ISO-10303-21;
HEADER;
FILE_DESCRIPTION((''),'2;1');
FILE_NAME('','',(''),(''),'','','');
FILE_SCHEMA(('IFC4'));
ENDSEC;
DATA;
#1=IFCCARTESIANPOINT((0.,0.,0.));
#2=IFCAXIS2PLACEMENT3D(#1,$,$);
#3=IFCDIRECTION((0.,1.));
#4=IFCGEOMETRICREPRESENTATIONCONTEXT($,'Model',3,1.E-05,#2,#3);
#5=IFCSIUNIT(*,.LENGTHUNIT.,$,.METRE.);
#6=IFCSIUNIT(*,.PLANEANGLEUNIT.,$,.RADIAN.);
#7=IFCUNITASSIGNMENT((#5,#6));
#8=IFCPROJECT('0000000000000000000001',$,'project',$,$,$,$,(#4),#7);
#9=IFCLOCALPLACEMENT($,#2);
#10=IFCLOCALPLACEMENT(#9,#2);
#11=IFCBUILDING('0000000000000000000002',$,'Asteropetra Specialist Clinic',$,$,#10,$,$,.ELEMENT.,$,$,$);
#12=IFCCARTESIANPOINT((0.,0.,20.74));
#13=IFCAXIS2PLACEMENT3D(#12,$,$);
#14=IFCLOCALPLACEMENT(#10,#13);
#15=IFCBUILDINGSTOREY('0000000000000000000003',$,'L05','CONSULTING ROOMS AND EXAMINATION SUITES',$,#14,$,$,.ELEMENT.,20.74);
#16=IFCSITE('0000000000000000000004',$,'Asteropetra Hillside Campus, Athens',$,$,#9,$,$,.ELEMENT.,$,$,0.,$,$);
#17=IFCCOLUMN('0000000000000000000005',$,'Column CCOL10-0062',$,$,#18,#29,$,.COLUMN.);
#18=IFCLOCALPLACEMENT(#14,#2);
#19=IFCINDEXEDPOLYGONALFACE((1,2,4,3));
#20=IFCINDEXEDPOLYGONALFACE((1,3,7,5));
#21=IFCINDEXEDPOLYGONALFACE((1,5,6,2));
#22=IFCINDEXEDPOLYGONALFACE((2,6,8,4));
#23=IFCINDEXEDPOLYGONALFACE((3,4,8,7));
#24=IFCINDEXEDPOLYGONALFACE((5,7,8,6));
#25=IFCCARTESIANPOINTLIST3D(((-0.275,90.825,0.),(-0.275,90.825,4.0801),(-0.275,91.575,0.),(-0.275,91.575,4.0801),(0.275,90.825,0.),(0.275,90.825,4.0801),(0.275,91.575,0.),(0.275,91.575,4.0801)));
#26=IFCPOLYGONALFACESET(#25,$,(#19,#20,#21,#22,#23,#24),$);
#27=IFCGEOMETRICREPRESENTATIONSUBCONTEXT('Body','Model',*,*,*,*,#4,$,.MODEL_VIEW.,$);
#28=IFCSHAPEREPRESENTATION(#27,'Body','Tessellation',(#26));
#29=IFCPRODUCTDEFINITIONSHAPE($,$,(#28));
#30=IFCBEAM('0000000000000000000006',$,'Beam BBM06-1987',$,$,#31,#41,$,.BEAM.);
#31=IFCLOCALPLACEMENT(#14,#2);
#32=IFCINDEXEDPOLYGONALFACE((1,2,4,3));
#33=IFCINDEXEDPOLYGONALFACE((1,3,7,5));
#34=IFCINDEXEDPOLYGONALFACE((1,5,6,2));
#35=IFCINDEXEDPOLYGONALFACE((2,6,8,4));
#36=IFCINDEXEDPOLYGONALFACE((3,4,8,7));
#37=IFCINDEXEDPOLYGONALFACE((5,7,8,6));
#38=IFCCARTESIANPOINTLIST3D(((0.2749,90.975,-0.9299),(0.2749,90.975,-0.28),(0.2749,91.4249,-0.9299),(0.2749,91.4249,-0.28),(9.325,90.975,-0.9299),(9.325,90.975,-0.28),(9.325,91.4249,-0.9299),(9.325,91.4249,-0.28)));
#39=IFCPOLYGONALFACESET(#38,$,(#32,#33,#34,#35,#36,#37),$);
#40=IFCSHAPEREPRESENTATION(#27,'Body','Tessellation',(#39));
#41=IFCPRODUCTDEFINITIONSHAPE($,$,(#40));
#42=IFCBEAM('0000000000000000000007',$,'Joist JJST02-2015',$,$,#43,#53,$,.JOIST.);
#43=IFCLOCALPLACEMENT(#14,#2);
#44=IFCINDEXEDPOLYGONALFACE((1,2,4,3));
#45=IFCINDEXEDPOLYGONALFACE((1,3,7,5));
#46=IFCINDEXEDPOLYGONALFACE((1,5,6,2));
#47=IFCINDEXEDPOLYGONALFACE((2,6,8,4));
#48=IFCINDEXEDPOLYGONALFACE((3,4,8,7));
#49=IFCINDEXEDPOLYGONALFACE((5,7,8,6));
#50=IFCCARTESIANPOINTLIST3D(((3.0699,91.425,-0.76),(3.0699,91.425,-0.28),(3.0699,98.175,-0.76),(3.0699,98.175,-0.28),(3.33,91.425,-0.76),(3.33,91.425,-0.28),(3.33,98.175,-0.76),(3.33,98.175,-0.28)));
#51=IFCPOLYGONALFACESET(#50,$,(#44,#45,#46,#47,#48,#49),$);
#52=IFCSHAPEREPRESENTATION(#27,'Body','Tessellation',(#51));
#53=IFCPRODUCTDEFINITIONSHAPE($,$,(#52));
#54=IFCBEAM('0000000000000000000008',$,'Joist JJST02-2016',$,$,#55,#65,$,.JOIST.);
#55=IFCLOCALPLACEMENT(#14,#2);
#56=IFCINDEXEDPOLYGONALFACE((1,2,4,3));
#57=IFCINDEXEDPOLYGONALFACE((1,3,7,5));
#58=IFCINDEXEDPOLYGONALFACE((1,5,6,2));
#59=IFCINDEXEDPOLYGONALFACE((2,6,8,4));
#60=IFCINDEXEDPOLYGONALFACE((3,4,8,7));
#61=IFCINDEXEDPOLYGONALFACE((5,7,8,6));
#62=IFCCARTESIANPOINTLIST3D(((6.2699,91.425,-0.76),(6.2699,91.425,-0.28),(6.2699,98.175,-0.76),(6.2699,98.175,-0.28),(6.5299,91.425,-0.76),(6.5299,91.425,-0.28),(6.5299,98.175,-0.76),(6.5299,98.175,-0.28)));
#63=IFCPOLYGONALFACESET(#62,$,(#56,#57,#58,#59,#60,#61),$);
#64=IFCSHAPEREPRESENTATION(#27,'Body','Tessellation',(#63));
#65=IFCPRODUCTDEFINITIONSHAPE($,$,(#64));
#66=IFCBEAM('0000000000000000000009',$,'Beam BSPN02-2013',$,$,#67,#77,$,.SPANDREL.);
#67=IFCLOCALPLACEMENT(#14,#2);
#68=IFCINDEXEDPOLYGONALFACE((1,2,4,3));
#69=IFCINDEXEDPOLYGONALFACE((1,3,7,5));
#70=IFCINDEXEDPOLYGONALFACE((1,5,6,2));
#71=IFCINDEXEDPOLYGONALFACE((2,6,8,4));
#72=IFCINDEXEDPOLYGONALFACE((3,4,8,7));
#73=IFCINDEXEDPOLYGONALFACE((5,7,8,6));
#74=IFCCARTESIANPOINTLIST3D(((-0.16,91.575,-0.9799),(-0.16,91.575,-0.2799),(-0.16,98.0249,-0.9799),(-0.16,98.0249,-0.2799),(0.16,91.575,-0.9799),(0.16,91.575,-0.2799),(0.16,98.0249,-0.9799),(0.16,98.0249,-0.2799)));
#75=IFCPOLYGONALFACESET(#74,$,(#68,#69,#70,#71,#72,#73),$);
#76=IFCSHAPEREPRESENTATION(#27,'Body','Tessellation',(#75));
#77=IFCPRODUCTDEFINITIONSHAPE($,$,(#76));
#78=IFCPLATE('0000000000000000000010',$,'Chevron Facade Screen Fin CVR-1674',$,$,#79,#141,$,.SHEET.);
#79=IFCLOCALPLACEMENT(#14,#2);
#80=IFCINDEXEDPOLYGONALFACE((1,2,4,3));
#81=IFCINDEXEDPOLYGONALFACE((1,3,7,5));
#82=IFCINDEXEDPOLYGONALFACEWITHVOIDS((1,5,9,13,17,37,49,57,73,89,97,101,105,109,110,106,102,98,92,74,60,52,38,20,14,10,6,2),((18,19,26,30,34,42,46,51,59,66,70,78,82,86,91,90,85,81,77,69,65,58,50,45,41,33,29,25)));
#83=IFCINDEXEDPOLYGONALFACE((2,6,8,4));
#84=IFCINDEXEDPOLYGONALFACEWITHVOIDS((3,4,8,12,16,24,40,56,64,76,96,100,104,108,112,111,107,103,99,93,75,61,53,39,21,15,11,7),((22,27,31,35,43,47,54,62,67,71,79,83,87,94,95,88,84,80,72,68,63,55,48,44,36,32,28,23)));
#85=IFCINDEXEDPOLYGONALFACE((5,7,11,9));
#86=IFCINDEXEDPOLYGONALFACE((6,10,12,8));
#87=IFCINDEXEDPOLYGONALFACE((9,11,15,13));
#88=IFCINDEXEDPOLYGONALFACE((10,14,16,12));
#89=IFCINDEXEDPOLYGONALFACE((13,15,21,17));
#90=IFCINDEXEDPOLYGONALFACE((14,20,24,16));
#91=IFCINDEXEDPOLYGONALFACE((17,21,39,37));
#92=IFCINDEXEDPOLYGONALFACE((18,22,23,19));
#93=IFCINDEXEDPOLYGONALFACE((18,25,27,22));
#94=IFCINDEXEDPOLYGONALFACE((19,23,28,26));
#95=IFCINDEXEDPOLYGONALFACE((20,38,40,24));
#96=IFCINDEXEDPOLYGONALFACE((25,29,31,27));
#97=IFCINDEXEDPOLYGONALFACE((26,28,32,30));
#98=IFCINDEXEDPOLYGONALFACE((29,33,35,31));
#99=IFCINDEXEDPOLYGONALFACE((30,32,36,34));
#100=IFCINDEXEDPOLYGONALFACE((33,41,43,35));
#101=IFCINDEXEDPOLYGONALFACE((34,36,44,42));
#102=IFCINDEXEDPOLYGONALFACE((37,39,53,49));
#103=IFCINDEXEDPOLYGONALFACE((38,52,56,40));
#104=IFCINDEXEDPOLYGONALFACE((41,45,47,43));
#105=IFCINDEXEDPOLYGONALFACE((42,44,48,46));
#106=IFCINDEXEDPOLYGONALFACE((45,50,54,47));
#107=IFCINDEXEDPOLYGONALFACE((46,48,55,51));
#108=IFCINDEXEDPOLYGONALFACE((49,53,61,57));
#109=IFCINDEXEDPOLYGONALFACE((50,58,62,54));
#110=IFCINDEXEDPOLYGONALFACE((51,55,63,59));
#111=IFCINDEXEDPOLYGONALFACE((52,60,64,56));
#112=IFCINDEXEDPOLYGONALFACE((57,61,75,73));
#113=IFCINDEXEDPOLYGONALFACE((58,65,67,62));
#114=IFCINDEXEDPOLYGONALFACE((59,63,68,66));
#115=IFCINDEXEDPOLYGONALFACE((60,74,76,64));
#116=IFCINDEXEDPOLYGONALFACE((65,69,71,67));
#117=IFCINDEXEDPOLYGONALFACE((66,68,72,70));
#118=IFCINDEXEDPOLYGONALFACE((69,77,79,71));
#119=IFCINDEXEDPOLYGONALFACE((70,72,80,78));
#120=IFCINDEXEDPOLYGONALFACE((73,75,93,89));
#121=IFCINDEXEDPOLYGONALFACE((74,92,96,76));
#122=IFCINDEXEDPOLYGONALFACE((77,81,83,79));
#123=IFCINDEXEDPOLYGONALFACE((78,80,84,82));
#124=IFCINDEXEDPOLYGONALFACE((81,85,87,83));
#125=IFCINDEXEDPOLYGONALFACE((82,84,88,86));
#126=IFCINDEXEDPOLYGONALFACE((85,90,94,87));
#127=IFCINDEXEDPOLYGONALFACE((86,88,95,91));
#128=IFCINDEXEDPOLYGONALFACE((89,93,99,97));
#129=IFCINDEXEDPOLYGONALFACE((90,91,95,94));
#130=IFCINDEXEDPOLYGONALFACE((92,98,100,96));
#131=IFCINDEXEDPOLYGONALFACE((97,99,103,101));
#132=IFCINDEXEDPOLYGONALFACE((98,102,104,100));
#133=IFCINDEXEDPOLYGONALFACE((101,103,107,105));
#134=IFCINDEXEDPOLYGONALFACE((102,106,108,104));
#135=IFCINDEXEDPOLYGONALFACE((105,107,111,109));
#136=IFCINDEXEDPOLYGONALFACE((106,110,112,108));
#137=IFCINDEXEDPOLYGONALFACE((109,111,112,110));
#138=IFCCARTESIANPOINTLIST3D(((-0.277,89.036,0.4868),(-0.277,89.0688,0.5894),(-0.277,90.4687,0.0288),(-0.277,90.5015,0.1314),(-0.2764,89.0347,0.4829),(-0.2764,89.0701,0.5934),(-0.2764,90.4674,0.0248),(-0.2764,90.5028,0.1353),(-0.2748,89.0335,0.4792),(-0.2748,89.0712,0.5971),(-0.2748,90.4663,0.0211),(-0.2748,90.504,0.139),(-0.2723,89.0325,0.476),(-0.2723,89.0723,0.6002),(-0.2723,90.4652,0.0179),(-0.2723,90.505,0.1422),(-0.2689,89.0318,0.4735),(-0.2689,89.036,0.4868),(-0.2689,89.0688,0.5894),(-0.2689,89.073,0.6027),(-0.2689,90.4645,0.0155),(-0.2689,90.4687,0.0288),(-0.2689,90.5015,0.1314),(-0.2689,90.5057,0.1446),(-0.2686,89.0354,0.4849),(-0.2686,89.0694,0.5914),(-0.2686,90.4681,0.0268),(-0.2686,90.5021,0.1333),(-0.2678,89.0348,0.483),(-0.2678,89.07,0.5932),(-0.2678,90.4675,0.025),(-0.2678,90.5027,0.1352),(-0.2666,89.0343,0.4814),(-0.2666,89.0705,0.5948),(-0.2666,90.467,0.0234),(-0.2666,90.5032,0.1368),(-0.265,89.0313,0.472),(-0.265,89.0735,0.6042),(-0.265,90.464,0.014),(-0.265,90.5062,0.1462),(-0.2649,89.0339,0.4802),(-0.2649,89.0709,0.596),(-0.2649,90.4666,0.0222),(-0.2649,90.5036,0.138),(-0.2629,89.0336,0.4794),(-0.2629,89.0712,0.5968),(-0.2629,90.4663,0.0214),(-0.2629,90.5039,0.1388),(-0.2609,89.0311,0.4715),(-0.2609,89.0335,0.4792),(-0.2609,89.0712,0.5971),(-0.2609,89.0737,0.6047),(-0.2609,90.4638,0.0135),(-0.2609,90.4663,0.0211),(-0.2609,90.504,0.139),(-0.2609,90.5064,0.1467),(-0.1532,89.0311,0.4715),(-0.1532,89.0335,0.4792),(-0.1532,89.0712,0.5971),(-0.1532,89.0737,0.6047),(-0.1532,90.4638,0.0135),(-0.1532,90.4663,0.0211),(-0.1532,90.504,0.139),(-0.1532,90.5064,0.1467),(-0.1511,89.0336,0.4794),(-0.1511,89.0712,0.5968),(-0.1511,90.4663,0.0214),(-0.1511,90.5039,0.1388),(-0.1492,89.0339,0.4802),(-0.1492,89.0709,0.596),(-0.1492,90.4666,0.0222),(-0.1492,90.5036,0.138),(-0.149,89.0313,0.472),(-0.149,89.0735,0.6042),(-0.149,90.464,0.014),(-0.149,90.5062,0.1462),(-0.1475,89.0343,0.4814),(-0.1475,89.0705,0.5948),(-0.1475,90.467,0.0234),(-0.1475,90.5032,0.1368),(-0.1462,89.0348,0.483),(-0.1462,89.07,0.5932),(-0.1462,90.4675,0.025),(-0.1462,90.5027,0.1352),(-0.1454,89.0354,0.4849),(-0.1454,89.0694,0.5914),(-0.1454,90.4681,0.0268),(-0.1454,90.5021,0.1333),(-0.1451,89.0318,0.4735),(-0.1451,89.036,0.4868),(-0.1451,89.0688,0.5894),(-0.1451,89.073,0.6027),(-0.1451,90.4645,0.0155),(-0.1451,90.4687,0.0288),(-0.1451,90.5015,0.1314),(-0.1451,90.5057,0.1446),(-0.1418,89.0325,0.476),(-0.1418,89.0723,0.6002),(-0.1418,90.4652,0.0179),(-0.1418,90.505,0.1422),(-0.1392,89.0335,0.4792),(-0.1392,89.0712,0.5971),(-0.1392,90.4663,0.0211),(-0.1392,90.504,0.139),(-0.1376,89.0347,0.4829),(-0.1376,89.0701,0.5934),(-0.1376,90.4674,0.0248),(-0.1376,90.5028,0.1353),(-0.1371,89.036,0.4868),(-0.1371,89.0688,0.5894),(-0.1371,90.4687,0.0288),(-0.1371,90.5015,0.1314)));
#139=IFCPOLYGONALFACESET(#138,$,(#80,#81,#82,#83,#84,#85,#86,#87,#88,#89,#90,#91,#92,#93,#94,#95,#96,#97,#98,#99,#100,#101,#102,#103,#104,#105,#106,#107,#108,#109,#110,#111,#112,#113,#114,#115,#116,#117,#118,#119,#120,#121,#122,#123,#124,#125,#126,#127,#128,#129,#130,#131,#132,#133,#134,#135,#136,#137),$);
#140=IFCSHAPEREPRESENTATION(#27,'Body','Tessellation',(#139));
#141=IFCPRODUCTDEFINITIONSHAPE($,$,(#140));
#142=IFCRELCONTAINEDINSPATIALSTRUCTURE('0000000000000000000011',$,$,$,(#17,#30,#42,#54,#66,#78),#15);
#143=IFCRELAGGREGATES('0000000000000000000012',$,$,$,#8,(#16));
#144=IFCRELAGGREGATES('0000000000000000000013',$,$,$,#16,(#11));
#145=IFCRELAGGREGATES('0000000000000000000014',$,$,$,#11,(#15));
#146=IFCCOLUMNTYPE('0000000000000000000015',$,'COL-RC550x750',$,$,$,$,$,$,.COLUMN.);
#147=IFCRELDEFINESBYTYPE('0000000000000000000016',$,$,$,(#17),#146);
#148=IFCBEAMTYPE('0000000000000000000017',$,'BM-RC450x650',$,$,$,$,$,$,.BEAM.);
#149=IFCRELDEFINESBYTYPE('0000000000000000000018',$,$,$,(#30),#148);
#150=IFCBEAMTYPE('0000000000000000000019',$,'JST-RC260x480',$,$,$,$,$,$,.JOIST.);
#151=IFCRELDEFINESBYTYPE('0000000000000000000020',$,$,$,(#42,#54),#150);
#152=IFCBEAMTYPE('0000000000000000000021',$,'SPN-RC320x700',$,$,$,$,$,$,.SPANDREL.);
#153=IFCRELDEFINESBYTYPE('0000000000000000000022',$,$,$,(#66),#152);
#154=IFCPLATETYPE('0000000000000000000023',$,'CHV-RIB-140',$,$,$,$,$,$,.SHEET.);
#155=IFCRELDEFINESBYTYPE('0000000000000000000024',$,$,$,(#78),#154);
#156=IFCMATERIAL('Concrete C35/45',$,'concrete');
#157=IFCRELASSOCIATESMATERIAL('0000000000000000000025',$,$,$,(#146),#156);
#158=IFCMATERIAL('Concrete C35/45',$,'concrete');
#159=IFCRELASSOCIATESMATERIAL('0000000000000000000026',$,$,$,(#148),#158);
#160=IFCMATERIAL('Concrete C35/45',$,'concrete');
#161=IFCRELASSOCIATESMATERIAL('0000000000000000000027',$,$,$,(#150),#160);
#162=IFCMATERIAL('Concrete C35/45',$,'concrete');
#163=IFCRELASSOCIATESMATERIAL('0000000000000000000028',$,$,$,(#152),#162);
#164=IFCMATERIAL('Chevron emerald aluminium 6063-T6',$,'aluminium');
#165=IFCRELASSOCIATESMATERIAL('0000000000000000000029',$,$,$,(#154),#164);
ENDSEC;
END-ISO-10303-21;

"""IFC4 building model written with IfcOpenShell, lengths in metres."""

from ifc_helpers import new_model, si_unit, direction, frame, origin, origin_2d, place, context, subcontext, project, spatial, rectangle, hollow_rectangle, extrude, material, material_profile, profile_set, type_object, element, save


model = new_model("IFC4")

# Units and contexts
model_context = context("Model", 3, precision=1e-05, world=origin(), true_north=direction((0.0, 1.0)))
body_context = subcontext(model_context, "Body", "Model", "MODEL_VIEW")
ifc_project = project(units=[si_unit("LENGTHUNIT", "METRE"), si_unit("PLANEANGLEUNIT", "RADIAN")], contexts=[model_context])

# Site, building, storey
site_placement = place(None, origin())
site = spatial("IfcSite", under=ifc_project, at=site_placement, Name="Asteropetra Hillside Campus, Athens", CompositionType="ELEMENT", RefElevation=0.0)
building_placement = place(site_placement, origin())
building = spatial("IfcBuilding", under=site, at=building_placement, Name="Asteropetra Specialist Clinic", CompositionType="ELEMENT")
storey_placement = place(building_placement, frame((0.0, 0.0, 20.74)))
storey = spatial("IfcBuildingStorey", under=building, at=storey_placement, Name="L05", Description="CONSULTING ROOMS AND EXAMINATION SUITES", CompositionType="ELEMENT", Elevation=20.74)

# Column
ifc_material_1 = material(Name="Concrete C35/45", Category="concrete")
ifc_material_profile_1 = material_profile(ifc_material_1, rectangle(XDim=0.55, YDim=0.75, at=origin_2d()), Name="RC 550x750")
ifc_profile_set_1 = profile_set([ifc_material_profile_1], Name="Concrete C35/45")
column_type = type_object("IfcColumnType", Name="COL-RC550x750", PredefinedType="COLUMN", material=ifc_profile_set_1)
column_placement = place(storey_placement, frame((0.0, 91.2, 0.0), z_axis=(0.0, 0.0, 1.0), x_axis=(1.0, 0.0, 0.0)))
element("IfcColumn", 1, at=column_placement, inside=storey, type_object=column_type, Name="Column CCOL10-0062", PredefinedType="COLUMN", context=body_context, shape_type="SweptSolid", body=[
    extrude(rectangle(XDim=0.55, YDim=0.75, at=origin_2d()), origin(), (0.0, 0.0, 1.0), 4.0801),
])

# Beams
ifc_material_2 = material(Name="Concrete C35/45", Category="concrete")
ifc_material_profile_2 = material_profile(ifc_material_2, rectangle(XDim=0.45, YDim=0.6499, at=origin_2d()), Name="RCB 450x650")
ifc_profile_set_2 = profile_set([ifc_material_profile_2], Name="Concrete C35/45")
beam_type_1 = type_object("IfcBeamType", Name="BM-RC450x650", PredefinedType="BEAM", material=ifc_profile_set_2)
beam_1_placement = place(storey_placement, frame((0.2749, 91.2, -0.605), z_axis=(1.0, 0.0, 0.0), x_axis=(0.0, 1.0, 0.0)))
element("IfcBeam", 2, at=beam_1_placement, inside=storey, type_object=beam_type_1, Name="Beam BBM06-1987", PredefinedType="BEAM", context=body_context, shape_type="SweptSolid", body=[
    extrude(rectangle(XDim=0.45, YDim=0.6499, at=origin_2d()), origin(), (0.0, 0.0, 1.0), 9.05),
])
ifc_material_3 = material(Name="Concrete C35/45", Category="concrete")
ifc_material_profile_3 = material_profile(ifc_material_3, rectangle(XDim=0.26, YDim=0.48, at=origin_2d()), Name="RCJ 260x480")
ifc_profile_set_3 = profile_set([ifc_material_profile_3], Name="Concrete C35/45")
beam_type_2 = type_object("IfcBeamType", Name="JST-RC260x480", PredefinedType="JOIST", material=ifc_profile_set_3)
for number, where, z_axis, x_axis, name in (
    (3, (3.2, 91.425, -0.52), (0.0, 1.0, 0.0), (-1.0, 0.0, 0.0), "Joist JJST02-2015"),
    (4, (6.3999, 91.425, -0.52), (0.0, 1.0, 0.0), (-1.0, 0.0, 0.0), "Joist JJST02-2016"),
):
    element("IfcBeam", number, at=place(storey_placement, frame(where, z_axis=z_axis, x_axis=x_axis)), inside=storey, type_object=beam_type_2, Name=name, PredefinedType="JOIST", context=body_context, shape_type="SweptSolid", body=[
        extrude(rectangle(XDim=0.26, YDim=0.48, at=origin_2d()), origin(), (0.0, 0.0, 1.0), 6.75),
    ])
ifc_material_4 = material(Name="Concrete C35/45", Category="concrete")
ifc_material_profile_4 = material_profile(ifc_material_4, rectangle(XDim=0.3201, YDim=0.7, at=origin_2d()), Name="RCS 320x700")
ifc_profile_set_4 = profile_set([ifc_material_profile_4], Name="Concrete C35/45")
beam_type_3 = type_object("IfcBeamType", Name="SPN-RC320x700", PredefinedType="SPANDREL", material=ifc_profile_set_4)
beam_2_placement = place(storey_placement, frame((0.0, 91.575, -0.6299), z_axis=(0.0, 1.0, 0.0), x_axis=(-1.0, 0.0, 0.0)))
element("IfcBeam", 5, at=beam_2_placement, inside=storey, type_object=beam_type_3, Name="Beam BSPN02-2013", PredefinedType="SPANDREL", context=body_context, shape_type="SweptSolid", body=[
    extrude(rectangle(XDim=0.3201, YDim=0.7, at=origin_2d()), origin(), (0.0, 0.0, 1.0), 6.45),
])

# Plate
ifc_material_5 = material(Name="Chevron emerald aluminium 6063-T6", Category="aluminium")
ifc_material_profile_5 = material_profile(ifc_material_5, hollow_rectangle(XDim=0.1399, YDim=0.1399, WallThickness=0.0081, InnerFilletRadius=0.0081, OuterFilletRadius=0.0161, at=origin_2d()), Name="SHS 140x140x8.0")
ifc_profile_set_5 = profile_set([ifc_material_profile_5], Name="Chevron emerald aluminium 6063-T6")
plate_type_1 = type_object("IfcPlateType", Name="CHV-RIB-140", PredefinedType="SHEET", material=ifc_profile_set_5)
plate_1_placement = place(storey_placement, frame((-0.207, 90.4851, 0.0801), z_axis=(0.0, -0.952507, 0.304517), x_axis=(1.0, 0.0, 0.0)))
element("IfcPlate", 6, at=plate_1_placement, inside=storey, type_object=plate_type_1, Name="Chevron Facade Screen Fin CVR-1674", PredefinedType="SHEET", context=body_context, shape_type="SweptSolid", body=[
    extrude(hollow_rectangle(XDim=0.1399, YDim=0.1399, WallThickness=0.0081, InnerFilletRadius=0.0081, OuterFilletRadius=0.0161, at=origin_2d()), origin(), (0.0, 0.0, 1.0), 1.5042),
])

save(model, "model.ifc")
